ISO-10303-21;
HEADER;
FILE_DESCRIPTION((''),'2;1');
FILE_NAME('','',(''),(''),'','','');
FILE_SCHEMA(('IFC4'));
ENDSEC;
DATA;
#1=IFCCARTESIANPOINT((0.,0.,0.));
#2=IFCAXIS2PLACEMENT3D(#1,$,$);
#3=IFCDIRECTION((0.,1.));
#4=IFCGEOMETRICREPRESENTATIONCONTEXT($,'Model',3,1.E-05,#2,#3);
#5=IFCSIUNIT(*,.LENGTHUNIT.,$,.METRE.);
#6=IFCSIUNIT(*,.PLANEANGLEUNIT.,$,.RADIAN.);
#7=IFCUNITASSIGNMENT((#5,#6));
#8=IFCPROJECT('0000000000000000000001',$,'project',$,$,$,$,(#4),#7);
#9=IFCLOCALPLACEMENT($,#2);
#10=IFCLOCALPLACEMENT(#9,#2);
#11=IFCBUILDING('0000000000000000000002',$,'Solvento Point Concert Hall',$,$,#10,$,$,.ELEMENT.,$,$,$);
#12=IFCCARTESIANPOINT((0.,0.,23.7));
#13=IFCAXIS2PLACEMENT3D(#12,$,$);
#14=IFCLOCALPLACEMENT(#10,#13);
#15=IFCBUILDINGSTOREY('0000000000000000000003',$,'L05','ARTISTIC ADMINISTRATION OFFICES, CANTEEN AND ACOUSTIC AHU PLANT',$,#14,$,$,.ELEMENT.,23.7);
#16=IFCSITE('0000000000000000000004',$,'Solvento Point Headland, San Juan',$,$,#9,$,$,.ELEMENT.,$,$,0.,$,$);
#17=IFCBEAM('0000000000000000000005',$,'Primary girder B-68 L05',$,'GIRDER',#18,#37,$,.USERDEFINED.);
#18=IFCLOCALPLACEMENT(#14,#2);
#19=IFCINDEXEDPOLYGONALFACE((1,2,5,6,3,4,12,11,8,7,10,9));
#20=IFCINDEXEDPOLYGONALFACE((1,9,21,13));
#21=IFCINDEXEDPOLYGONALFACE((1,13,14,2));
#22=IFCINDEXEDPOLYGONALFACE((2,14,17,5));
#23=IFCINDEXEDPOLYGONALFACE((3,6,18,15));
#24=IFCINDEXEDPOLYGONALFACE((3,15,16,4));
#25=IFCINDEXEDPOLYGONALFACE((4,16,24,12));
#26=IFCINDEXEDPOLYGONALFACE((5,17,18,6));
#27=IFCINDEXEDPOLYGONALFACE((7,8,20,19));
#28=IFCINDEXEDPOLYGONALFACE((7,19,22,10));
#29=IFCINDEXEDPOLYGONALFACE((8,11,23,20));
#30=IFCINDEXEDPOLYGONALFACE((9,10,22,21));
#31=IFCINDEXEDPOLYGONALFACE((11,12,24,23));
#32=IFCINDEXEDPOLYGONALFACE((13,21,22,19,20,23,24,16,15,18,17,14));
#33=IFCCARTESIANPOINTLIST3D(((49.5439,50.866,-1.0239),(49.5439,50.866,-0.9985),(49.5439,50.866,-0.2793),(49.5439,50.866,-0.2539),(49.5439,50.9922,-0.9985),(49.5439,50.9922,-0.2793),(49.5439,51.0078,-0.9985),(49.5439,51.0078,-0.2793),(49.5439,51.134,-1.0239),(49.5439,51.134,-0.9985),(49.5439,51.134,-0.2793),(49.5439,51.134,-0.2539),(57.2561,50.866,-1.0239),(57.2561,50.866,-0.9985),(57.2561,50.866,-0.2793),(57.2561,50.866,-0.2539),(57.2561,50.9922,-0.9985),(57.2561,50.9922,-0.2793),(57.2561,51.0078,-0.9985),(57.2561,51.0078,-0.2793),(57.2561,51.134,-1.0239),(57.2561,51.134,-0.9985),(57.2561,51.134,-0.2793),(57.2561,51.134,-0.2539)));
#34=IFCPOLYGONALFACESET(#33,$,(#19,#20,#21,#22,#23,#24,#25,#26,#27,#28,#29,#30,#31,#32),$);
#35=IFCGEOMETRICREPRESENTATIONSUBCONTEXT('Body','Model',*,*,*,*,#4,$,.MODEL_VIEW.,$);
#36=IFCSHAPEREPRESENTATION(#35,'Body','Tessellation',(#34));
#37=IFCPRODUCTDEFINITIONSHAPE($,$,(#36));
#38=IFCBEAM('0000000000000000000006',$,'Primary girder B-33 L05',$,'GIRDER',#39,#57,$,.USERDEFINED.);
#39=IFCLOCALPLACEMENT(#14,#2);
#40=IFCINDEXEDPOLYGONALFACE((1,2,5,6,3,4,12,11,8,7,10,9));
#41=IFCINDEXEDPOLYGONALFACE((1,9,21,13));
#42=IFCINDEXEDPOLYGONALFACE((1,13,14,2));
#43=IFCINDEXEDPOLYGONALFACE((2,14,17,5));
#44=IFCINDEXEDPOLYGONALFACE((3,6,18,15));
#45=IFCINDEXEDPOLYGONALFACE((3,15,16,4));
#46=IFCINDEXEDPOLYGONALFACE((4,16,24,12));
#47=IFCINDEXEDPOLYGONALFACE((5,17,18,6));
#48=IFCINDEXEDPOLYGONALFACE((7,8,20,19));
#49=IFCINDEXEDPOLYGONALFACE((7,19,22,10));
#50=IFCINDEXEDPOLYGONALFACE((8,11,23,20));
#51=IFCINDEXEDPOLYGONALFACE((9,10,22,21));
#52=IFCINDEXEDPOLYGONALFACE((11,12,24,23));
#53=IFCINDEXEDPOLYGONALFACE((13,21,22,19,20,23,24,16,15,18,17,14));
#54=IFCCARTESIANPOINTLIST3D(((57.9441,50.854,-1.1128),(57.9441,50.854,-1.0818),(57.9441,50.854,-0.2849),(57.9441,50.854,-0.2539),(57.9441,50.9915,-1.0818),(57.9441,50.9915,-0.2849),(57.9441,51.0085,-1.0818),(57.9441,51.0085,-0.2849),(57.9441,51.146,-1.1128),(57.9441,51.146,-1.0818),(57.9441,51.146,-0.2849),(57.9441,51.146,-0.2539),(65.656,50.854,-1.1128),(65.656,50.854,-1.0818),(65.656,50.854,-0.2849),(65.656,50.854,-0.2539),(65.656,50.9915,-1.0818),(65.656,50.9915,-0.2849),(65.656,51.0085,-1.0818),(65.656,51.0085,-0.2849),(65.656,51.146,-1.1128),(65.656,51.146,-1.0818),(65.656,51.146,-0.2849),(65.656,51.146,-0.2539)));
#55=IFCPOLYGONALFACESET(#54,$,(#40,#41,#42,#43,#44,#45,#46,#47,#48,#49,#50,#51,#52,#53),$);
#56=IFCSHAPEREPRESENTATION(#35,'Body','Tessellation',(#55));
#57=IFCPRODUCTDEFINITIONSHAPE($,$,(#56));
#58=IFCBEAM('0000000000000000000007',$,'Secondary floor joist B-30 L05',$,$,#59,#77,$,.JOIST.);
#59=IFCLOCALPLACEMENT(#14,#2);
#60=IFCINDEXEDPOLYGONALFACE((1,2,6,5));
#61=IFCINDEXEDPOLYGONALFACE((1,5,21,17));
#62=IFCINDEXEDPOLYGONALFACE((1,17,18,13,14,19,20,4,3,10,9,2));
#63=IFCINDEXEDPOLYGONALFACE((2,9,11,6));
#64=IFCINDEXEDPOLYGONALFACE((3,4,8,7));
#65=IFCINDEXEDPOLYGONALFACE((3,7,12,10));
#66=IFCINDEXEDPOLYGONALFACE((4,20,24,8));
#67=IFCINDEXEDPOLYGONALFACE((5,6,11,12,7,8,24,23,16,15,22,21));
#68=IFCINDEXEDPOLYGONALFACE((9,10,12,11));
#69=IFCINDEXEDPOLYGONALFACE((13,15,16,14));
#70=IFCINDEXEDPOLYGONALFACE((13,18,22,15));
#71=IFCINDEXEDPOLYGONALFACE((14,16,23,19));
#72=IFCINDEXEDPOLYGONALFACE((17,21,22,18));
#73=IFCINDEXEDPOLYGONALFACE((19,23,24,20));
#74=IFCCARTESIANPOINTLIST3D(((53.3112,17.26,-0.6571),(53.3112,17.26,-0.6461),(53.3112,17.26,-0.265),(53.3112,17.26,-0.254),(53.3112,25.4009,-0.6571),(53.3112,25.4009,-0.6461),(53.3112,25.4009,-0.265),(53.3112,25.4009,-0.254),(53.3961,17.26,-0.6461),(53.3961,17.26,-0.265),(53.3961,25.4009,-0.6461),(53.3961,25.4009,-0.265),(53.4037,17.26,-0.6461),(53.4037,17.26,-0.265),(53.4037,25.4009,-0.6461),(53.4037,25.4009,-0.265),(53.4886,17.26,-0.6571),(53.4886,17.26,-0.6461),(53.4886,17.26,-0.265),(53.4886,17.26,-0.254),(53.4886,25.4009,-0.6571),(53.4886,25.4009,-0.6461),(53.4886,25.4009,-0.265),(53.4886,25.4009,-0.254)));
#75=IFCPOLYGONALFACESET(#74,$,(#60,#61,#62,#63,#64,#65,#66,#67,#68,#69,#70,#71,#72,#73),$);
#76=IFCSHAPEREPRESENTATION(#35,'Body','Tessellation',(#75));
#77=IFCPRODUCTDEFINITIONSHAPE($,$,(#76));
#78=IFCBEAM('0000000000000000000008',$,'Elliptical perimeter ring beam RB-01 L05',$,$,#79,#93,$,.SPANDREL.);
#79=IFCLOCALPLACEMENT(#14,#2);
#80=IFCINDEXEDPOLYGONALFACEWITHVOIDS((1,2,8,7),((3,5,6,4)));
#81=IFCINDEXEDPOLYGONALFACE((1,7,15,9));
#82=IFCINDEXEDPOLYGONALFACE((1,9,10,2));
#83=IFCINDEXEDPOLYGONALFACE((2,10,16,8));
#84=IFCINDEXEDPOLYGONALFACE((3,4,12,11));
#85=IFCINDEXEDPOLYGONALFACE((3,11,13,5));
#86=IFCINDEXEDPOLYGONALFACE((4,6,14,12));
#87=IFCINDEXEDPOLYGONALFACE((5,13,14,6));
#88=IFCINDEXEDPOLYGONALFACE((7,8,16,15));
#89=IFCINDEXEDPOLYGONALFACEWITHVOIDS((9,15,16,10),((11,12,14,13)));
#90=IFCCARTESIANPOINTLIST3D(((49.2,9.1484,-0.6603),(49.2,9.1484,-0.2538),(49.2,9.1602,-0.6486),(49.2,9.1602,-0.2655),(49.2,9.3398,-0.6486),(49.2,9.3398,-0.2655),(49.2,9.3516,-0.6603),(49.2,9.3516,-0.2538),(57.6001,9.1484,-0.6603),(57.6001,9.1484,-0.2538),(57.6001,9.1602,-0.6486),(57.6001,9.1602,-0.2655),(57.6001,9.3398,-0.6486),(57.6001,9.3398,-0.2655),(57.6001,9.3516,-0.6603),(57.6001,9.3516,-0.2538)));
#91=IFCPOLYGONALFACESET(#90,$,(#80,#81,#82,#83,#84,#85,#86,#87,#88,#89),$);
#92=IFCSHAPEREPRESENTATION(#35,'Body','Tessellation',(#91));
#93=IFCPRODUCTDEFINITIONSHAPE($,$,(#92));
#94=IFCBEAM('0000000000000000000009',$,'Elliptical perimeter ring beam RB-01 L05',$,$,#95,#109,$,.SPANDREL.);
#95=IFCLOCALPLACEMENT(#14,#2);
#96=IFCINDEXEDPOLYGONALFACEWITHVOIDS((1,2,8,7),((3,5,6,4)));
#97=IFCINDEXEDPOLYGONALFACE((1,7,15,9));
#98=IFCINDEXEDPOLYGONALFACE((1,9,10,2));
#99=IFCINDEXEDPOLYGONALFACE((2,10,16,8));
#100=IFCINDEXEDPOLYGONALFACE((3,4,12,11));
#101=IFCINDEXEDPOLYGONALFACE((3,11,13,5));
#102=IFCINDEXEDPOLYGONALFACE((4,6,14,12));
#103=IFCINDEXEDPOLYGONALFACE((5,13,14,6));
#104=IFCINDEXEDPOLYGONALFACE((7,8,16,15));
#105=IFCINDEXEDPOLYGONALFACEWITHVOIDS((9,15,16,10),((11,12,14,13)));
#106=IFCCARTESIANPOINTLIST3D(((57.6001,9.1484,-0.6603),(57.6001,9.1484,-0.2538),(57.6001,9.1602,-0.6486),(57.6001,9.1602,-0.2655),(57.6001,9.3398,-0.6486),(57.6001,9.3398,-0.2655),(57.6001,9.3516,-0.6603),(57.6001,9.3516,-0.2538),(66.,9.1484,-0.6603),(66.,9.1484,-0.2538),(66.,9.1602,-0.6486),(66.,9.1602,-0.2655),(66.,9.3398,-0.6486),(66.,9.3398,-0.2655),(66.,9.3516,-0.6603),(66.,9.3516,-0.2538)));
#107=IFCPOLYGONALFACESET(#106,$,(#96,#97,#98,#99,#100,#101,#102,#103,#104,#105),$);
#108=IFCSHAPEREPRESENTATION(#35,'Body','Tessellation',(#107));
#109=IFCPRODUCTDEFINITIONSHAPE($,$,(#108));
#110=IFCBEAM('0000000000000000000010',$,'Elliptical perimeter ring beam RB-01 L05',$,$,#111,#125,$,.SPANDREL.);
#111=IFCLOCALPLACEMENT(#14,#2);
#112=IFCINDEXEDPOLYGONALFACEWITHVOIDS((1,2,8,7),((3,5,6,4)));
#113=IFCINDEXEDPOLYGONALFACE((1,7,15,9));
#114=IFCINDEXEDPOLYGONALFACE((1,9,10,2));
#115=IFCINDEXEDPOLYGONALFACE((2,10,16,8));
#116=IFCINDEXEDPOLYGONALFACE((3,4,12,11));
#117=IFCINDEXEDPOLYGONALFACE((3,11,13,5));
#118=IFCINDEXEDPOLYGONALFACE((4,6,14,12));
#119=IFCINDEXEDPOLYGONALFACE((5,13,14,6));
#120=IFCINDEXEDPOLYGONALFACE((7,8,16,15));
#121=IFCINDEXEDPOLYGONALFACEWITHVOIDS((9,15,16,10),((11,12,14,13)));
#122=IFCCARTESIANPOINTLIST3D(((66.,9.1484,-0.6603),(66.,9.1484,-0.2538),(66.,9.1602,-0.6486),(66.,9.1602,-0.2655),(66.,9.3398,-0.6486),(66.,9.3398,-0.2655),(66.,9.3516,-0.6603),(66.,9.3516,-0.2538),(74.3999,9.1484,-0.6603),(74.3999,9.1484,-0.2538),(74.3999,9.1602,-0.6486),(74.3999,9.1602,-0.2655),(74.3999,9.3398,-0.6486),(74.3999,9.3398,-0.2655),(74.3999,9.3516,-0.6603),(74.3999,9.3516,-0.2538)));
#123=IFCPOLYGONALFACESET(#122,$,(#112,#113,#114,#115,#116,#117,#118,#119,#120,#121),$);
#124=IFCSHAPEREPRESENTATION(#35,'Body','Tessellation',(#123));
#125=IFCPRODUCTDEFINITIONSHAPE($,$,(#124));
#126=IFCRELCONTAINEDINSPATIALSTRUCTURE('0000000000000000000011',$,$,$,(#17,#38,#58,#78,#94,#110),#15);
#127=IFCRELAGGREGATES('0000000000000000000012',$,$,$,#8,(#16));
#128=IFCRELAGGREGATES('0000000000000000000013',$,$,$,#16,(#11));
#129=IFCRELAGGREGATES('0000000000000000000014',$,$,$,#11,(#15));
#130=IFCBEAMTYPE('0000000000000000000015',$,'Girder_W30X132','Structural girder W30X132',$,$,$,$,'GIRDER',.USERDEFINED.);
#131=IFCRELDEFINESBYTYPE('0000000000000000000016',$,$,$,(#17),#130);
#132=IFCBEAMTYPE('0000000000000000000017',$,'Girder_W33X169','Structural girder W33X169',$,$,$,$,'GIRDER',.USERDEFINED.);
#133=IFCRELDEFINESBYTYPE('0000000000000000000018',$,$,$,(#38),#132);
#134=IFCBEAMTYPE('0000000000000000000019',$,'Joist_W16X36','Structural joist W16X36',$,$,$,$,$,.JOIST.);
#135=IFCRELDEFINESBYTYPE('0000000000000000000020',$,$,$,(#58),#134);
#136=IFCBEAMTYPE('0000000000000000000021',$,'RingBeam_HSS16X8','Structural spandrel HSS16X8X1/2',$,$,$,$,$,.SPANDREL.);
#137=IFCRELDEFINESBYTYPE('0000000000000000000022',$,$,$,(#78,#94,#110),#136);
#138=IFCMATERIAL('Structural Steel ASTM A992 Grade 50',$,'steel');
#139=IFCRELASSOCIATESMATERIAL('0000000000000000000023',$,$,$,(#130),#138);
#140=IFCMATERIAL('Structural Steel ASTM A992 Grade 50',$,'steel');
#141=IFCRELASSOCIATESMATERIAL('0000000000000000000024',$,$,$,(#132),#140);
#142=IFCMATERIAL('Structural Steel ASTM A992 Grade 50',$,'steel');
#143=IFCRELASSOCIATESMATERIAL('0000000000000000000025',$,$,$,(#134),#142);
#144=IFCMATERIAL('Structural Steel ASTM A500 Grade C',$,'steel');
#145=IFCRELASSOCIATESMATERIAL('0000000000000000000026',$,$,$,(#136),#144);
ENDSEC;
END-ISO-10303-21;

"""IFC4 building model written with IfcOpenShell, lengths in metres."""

from ifc_helpers import new_model, si_unit, direction, frame, origin, origin_2d, place, context, subcontext, project, spatial, hollow_rectangle, i_section, extrude, material, material_profile, profile_set, type_object, element, save


model = new_model("IFC4")

# Units and contexts
model_context = context("Model", 3, precision=1e-05, world=origin(), true_north=direction((0.0, 1.0)))
body_context = subcontext(model_context, "Body", "Model", "MODEL_VIEW")
ifc_project = project(units=[si_unit("LENGTHUNIT", "METRE"), si_unit("PLANEANGLEUNIT", "RADIAN")], contexts=[model_context])

# Site, building, storey
site_placement = place(None, origin())
site = spatial("IfcSite", under=ifc_project, at=site_placement, Name="Solvento Point Headland, San Juan", CompositionType="ELEMENT", RefElevation=0.0)
building_placement = place(site_placement, origin())
building = spatial("IfcBuilding", under=site, at=building_placement, Name="Solvento Point Concert Hall", CompositionType="ELEMENT")
storey_placement = place(building_placement, frame((0.0, 0.0, 23.7)))
storey = spatial("IfcBuildingStorey", under=building, at=storey_placement, Name="L05", Description="ARTISTIC ADMINISTRATION OFFICES, CANTEEN AND ACOUSTIC AHU PLANT", CompositionType="ELEMENT", Elevation=23.7)

# Beams
ifc_material_1 = material(Name="Structural Steel ASTM A992 Grade 50", Category="steel")
ifc_material_profile_1 = material_profile(ifc_material_1, i_section(OverallWidth=0.2681, OverallDepth=0.77, WebThickness=0.0156, FlangeThickness=0.0254, at=origin_2d()), Name="W30X132")
ifc_profile_set_1 = profile_set([ifc_material_profile_1], Name="Structural Steel ASTM A992 Grade 50")
beam_type_1 = type_object("IfcBeamType", Name="Girder_W30X132", Description="Structural girder W30X132", ElementType="GIRDER", PredefinedType="USERDEFINED", material=ifc_profile_set_1)
beam_1_placement = place(storey_placement, frame((49.5439, 51.0, -0.6389), z_axis=(1.0, 0.0, 0.0), x_axis=(0.0, 1.0, 0.0)))
element("IfcBeam", 1, at=beam_1_placement, inside=storey, type_object=beam_type_1, Name="Primary girder B-68 L05", ObjectType="GIRDER", PredefinedType="USERDEFINED", context=body_context, shape_type="SweptSolid", body=[
    extrude(i_section(OverallWidth=0.2681, OverallDepth=0.77, WebThickness=0.0156, FlangeThickness=0.0254, at=origin_2d()), origin(), (0.0, 0.0, 1.0), 7.7122),
])
ifc_material_2 = material(Name="Structural Steel ASTM A992 Grade 50", Category="steel")
ifc_material_profile_2 = material_profile(ifc_material_2, i_section(OverallWidth=0.292, OverallDepth=0.8589, WebThickness=0.0171, FlangeThickness=0.031, at=origin_2d()), Name="W33X169")
ifc_profile_set_2 = profile_set([ifc_material_profile_2], Name="Structural Steel ASTM A992 Grade 50")
beam_type_2 = type_object("IfcBeamType", Name="Girder_W33X169", Description="Structural girder W33X169", ElementType="GIRDER", PredefinedType="USERDEFINED", material=ifc_profile_set_2)
beam_2_placement = place(storey_placement, frame((57.9441, 51.0, -0.6833), z_axis=(1.0, 0.0, 0.0), x_axis=(0.0, 1.0, 0.0)))
element("IfcBeam", 2, at=beam_2_placement, inside=storey, type_object=beam_type_2, Name="Primary girder B-33 L05", ObjectType="GIRDER", PredefinedType="USERDEFINED", context=body_context, shape_type="SweptSolid", body=[
    extrude(i_section(OverallWidth=0.292, OverallDepth=0.8589, WebThickness=0.0171, FlangeThickness=0.031, at=origin_2d()), origin(), (0.0, 0.0, 1.0), 7.7119),
])
ifc_material_3 = material(Name="Structural Steel ASTM A992 Grade 50", Category="steel")
ifc_material_profile_3 = material_profile(ifc_material_3, i_section(OverallWidth=0.1775, OverallDepth=0.4031, WebThickness=0.0076, FlangeThickness=0.011, at=origin_2d()), Name="W16X36")
ifc_profile_set_3 = profile_set([ifc_material_profile_3], Name="Structural Steel ASTM A992 Grade 50")
beam_type_3 = type_object("IfcBeamType", Name="Joist_W16X36", Description="Structural joist W16X36", PredefinedType="JOIST", material=ifc_profile_set_3)
beam_3_placement = place(storey_placement, frame((53.3999, 17.26, -0.4556), z_axis=(0.0, 1.0, 0.0), x_axis=(-1.0, 0.0, 0.0)))
element("IfcBeam", 3, at=beam_3_placement, inside=storey, type_object=beam_type_3, Name="Secondary floor joist B-30 L05", PredefinedType="JOIST", context=body_context, shape_type="SweptSolid", body=[
    extrude(i_section(OverallWidth=0.1775, OverallDepth=0.4031, WebThickness=0.0076, FlangeThickness=0.011, at=origin_2d()), origin(), (0.0, 0.0, 1.0), 8.1409),
])
ifc_material_4 = material(Name="Structural Steel ASTM A500 Grade C", Category="steel")
ifc_material_profile_4 = material_profile(ifc_material_4, hollow_rectangle(XDim=0.2031, YDim=0.4065, WallThickness=0.0117, at=origin_2d()), Name="HSS16X8X1/2")
ifc_profile_set_4 = profile_set([ifc_material_profile_4], Name="Structural Steel ASTM A500 Grade C")
beam_type_4 = type_object("IfcBeamType", Name="RingBeam_HSS16X8", Description="Structural spandrel HSS16X8X1/2", PredefinedType="SPANDREL", material=ifc_profile_set_4)
beam_4_placement = place(storey_placement, frame((49.2, 9.25, -0.457), z_axis=(1.0, 0.0, 0.0), x_axis=(0.0, 1.0, 0.0)))
element("IfcBeam", 4, at=beam_4_placement, inside=storey, type_object=beam_type_4, Name="Elliptical perimeter ring beam RB-01 L05", PredefinedType="SPANDREL", context=body_context, shape_type="SweptSolid", body=[
    extrude(hollow_rectangle(XDim=0.2031, YDim=0.4065, WallThickness=0.0117, at=origin_2d()), origin(), (0.0, 0.0, 1.0), 8.4001),
])
for number, where, z_axis, x_axis, name in (
    (5, (57.6001, 9.25, -0.457), (1.0, 0.0, 0.0), (0.0, 1.0, 0.0), "Elliptical perimeter ring beam RB-01 L05"),
    (6, (66.0, 9.25, -0.457), (1.0, 0.0, 0.0), (0.0, 1.0, 0.0), "Elliptical perimeter ring beam RB-01 L05"),
):
    element("IfcBeam", number, at=place(storey_placement, frame(where, z_axis=z_axis, x_axis=x_axis)), inside=storey, type_object=beam_type_4, Name=name, PredefinedType="SPANDREL", context=body_context, shape_type="SweptSolid", body=[
        extrude(hollow_rectangle(XDim=0.2031, YDim=0.4065, WallThickness=0.0117, at=origin_2d()), origin(), (0.0, 0.0, 1.0), 8.3999),
    ])

save(model, "model.ifc")
